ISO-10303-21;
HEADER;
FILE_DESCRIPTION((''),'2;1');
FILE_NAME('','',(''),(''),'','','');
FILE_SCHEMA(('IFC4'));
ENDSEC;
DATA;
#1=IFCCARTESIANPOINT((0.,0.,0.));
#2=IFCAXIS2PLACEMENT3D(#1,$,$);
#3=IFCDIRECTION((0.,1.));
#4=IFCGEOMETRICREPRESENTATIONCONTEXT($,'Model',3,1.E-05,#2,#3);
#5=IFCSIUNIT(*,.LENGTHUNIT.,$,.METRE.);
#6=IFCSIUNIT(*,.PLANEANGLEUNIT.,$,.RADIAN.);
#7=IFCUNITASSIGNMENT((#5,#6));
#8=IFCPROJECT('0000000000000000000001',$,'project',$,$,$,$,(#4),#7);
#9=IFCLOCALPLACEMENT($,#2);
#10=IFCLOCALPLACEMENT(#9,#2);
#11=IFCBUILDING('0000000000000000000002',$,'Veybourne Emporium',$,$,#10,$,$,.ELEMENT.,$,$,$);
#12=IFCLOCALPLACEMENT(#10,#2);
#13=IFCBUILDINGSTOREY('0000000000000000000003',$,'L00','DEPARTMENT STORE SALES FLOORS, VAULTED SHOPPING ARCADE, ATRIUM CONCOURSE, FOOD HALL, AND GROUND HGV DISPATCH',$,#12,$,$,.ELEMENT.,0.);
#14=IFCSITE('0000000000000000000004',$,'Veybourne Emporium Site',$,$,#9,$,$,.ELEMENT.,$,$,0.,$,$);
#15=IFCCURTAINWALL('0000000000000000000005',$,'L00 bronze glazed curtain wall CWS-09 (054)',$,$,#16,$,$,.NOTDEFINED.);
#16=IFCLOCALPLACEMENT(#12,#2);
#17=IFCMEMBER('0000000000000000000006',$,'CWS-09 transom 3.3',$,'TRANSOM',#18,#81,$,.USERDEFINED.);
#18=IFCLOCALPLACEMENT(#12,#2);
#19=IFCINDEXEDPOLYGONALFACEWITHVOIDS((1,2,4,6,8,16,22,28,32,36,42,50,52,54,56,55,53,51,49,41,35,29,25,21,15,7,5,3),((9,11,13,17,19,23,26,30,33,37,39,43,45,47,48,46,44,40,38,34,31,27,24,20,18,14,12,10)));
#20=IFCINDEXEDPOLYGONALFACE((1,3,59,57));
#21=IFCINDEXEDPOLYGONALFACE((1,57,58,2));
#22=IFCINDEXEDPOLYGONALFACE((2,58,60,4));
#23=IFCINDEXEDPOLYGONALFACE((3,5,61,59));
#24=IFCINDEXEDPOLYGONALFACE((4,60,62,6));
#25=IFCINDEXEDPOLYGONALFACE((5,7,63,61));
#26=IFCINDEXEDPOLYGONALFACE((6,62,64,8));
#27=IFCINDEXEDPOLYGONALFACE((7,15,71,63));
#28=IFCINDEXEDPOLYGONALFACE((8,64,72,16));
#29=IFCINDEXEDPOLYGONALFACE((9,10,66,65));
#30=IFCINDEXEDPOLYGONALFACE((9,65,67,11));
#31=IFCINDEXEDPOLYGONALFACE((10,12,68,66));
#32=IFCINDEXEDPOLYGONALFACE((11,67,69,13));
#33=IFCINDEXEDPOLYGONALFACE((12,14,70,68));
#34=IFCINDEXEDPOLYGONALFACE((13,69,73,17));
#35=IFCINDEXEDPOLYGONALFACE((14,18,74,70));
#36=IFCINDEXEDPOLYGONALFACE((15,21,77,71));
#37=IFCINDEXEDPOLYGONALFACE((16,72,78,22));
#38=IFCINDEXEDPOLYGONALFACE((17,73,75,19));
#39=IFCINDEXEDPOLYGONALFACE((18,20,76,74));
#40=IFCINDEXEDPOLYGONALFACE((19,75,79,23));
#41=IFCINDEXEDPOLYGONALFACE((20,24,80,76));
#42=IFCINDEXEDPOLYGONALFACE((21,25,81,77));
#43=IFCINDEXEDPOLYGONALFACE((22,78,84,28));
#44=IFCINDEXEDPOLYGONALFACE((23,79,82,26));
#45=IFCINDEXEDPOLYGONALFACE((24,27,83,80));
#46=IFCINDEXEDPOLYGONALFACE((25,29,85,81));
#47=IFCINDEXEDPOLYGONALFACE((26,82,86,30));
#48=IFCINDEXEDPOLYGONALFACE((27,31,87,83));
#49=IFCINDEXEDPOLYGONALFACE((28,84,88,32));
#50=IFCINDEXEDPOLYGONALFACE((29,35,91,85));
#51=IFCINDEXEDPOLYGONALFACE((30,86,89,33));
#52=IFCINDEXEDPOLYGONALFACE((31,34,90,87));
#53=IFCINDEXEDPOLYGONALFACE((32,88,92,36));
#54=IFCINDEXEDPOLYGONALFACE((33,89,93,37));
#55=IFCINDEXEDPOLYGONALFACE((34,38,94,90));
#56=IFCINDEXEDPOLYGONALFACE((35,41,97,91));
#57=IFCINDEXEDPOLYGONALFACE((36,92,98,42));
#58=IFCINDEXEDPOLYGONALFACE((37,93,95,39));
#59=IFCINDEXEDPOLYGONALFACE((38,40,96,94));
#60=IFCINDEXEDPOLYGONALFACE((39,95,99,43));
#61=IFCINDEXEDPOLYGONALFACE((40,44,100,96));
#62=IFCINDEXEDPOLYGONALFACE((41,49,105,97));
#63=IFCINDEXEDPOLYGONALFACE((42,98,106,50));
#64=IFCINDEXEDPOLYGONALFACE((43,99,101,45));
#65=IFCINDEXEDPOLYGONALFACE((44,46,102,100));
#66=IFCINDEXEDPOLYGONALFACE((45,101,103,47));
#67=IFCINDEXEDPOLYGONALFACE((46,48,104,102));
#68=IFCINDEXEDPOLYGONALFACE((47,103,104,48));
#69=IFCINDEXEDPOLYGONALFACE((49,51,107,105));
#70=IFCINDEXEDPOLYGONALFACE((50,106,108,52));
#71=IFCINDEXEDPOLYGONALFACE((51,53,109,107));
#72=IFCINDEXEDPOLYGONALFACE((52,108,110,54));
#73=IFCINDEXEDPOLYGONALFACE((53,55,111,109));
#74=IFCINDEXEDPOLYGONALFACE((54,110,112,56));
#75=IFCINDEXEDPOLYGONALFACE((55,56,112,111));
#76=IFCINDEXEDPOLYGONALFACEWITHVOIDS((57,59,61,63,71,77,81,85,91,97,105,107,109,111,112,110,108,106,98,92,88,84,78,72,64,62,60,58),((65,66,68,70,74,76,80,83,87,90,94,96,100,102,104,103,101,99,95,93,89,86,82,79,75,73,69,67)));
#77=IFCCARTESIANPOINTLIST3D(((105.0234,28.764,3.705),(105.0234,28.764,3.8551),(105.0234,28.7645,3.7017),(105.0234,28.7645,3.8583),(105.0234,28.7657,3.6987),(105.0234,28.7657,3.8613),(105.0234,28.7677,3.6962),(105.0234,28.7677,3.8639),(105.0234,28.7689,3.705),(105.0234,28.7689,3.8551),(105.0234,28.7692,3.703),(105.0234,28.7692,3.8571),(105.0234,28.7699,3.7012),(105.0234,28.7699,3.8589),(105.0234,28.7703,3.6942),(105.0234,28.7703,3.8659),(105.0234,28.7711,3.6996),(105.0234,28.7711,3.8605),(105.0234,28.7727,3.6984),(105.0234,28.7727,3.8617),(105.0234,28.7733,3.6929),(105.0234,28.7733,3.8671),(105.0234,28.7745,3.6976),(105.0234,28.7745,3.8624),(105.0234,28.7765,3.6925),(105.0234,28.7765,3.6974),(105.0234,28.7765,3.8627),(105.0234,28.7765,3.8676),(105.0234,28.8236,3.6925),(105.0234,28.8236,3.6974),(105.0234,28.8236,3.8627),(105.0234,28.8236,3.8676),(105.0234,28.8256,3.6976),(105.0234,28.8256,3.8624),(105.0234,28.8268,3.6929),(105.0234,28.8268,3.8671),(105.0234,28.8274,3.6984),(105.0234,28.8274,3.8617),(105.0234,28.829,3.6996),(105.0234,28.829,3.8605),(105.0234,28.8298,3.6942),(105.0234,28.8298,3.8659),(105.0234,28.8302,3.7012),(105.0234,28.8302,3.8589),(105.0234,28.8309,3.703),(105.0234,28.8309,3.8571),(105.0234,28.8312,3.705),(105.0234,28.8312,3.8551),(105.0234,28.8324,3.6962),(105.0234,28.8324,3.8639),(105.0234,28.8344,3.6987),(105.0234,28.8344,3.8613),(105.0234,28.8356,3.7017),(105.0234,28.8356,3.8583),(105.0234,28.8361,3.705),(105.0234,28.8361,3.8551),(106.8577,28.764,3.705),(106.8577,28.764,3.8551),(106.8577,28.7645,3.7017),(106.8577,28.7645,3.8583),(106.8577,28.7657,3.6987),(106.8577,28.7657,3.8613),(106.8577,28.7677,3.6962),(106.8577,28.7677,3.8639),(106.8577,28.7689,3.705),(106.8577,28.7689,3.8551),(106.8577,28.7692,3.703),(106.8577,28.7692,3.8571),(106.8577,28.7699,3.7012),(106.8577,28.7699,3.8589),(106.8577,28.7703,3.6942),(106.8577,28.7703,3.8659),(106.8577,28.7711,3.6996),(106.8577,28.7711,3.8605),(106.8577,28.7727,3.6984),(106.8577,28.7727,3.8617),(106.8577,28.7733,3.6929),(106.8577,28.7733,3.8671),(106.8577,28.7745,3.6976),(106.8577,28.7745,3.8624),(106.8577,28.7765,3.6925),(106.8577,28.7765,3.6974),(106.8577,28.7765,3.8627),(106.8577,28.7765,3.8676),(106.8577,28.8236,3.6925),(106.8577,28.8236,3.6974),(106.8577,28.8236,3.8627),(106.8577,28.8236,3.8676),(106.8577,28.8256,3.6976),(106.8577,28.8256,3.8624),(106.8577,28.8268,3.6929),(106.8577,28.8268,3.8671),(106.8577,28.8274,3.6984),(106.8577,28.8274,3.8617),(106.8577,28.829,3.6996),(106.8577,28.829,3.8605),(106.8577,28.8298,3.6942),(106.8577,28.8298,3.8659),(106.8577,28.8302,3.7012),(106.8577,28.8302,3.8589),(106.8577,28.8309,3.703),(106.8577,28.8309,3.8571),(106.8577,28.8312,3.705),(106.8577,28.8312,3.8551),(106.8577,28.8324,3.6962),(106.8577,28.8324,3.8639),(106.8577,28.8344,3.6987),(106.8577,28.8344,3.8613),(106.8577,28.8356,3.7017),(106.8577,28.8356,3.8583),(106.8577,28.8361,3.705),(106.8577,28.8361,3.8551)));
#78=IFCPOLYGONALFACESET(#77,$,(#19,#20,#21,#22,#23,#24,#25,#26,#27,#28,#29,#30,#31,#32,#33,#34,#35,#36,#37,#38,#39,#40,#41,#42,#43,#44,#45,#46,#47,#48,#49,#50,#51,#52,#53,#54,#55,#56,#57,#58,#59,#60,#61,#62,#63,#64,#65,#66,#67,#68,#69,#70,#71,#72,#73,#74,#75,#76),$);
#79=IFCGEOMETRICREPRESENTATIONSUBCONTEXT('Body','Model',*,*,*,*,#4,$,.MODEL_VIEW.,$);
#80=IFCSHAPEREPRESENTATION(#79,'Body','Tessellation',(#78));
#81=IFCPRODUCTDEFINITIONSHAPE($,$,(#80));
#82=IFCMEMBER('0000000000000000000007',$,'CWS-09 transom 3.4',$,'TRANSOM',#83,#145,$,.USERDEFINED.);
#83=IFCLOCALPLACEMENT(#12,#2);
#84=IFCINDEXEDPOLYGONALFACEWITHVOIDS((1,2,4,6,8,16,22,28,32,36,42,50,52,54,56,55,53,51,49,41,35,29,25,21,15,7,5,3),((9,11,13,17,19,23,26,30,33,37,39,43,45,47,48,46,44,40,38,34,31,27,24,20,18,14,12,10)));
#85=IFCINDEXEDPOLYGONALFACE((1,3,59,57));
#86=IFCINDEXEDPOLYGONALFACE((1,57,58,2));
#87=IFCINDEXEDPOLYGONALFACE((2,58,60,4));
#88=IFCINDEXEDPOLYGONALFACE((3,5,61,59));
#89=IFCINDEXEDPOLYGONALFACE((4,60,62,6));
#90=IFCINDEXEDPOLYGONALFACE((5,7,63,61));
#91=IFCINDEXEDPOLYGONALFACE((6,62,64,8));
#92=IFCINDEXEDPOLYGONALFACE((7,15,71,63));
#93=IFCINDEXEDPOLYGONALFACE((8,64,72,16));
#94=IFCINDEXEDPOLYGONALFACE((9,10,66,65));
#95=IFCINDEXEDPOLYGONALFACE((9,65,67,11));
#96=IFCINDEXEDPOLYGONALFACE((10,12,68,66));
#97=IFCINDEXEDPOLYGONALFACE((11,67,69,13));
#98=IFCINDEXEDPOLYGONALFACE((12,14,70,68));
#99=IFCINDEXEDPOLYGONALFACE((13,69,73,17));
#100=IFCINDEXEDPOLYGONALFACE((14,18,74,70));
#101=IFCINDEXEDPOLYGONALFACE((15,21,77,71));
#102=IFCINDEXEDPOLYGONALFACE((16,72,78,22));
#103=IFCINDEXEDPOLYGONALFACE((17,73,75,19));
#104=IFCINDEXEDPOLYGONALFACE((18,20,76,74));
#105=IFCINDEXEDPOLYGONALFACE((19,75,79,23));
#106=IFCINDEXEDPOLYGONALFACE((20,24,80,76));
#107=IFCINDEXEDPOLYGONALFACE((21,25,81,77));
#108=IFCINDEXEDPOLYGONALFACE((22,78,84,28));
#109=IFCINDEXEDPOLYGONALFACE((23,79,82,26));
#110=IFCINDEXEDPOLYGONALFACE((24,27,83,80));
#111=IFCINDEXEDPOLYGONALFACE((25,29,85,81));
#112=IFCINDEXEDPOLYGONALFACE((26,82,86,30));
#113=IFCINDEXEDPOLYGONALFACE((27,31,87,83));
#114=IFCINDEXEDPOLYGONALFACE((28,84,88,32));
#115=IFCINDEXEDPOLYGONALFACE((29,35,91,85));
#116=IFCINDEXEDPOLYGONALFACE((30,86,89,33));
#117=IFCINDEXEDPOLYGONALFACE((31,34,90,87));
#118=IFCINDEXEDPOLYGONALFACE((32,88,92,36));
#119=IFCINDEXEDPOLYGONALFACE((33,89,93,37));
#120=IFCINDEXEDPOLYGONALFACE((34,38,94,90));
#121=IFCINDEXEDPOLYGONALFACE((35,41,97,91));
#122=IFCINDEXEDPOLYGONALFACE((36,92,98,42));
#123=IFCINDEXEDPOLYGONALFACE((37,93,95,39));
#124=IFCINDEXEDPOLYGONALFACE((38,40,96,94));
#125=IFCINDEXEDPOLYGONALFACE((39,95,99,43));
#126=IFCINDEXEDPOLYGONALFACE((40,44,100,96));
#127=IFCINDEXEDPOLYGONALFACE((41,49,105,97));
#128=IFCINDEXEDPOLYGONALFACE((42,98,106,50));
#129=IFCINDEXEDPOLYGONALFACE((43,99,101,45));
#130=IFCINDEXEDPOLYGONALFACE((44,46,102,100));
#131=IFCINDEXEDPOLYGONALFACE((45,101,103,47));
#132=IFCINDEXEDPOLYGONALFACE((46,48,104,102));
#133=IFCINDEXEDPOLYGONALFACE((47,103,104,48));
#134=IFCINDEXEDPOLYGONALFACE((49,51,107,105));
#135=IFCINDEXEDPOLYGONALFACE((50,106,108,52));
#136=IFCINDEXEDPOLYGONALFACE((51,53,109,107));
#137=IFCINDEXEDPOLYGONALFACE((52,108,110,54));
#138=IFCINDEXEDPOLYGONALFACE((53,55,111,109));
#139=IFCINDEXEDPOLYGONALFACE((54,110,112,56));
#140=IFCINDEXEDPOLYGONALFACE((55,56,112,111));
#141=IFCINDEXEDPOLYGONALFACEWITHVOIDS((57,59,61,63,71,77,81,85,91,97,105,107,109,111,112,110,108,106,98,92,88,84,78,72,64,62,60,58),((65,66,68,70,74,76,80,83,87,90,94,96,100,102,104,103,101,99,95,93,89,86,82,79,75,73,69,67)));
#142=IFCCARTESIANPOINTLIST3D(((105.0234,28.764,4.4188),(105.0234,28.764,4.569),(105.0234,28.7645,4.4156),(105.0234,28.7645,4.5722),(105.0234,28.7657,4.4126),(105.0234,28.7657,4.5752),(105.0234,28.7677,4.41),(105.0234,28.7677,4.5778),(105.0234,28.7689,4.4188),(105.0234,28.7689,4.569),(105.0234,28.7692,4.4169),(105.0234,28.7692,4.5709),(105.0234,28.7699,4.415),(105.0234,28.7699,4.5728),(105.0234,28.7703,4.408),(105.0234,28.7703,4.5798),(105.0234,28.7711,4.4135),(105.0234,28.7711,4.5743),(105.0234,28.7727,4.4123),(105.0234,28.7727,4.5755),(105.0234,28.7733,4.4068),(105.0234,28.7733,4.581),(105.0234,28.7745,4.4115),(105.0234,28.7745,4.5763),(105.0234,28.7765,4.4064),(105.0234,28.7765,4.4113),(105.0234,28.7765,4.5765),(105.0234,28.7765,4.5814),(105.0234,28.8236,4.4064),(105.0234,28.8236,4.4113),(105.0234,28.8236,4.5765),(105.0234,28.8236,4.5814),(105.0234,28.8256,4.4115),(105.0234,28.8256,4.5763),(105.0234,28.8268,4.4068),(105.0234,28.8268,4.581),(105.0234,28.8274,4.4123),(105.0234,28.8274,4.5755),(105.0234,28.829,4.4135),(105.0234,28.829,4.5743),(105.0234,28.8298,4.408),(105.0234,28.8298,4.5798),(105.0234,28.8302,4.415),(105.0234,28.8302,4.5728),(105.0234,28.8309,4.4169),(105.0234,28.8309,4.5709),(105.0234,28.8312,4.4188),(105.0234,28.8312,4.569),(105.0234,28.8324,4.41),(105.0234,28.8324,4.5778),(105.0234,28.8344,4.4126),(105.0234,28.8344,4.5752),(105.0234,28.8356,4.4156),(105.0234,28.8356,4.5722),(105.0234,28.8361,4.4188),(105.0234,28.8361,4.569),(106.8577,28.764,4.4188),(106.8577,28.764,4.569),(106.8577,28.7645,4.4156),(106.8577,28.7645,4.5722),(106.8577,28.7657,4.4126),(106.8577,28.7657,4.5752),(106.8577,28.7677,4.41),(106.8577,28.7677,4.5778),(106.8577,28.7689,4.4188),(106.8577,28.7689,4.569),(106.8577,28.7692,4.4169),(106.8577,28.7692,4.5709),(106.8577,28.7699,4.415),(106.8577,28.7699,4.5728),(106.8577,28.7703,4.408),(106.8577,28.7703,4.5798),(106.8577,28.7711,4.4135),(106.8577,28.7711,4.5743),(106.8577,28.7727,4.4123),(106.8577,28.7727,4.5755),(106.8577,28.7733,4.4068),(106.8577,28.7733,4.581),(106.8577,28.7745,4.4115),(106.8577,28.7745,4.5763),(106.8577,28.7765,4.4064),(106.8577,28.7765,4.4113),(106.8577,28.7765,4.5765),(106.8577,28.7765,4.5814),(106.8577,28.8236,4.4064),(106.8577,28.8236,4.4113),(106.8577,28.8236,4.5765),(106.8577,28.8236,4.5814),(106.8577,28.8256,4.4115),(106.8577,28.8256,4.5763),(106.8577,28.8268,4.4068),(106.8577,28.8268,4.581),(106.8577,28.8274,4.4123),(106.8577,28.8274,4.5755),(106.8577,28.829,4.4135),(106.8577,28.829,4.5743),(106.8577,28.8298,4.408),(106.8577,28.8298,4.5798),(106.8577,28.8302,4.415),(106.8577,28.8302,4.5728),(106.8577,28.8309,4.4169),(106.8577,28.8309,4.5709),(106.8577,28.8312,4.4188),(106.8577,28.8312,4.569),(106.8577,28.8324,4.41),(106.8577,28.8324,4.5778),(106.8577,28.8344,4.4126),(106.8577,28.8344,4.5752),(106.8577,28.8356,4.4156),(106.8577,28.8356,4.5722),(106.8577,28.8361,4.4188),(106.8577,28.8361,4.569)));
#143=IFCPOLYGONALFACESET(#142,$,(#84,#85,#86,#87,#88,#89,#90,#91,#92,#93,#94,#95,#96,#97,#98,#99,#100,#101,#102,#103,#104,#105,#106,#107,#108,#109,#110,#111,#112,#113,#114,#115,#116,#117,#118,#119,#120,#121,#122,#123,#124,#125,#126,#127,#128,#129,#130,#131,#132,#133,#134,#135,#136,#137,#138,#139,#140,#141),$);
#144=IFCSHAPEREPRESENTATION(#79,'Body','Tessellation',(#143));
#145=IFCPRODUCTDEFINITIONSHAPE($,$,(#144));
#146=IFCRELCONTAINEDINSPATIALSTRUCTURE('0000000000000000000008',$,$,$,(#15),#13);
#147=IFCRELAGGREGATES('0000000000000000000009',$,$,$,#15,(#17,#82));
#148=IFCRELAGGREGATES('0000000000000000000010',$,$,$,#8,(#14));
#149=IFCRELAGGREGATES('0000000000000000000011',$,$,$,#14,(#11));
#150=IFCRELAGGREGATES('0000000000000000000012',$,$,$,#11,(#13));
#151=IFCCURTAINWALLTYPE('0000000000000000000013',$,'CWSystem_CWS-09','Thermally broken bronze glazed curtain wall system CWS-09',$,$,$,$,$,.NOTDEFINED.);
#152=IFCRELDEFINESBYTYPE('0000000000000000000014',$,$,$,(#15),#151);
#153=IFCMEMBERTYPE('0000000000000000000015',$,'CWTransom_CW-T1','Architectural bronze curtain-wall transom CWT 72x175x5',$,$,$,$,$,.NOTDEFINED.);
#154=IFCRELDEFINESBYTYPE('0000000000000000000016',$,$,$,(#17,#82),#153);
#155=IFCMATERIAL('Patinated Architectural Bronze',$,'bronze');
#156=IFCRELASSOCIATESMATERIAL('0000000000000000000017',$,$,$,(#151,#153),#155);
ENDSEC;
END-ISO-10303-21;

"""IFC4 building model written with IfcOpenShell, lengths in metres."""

from ifc_helpers import new_model, si_unit, direction, frame, origin, origin_2d, place, context, subcontext, project, spatial, hollow_rectangle, extrude, material, material_profile, profile_set, type_object, element, aggregate, save


model = new_model("IFC4")

# Units and contexts
model_context = context("Model", 3, precision=1e-05, world=origin(), true_north=direction((0.0, 1.0)))
body_context = subcontext(model_context, "Body", "Model", "MODEL_VIEW")
ifc_project = project(units=[si_unit("LENGTHUNIT", "METRE"), si_unit("PLANEANGLEUNIT", "RADIAN")], contexts=[model_context])

# Site, building, storey
site_placement = place(None, origin())
site = spatial("IfcSite", under=ifc_project, at=site_placement, Name="Veybourne Emporium Site", CompositionType="ELEMENT", RefElevation=0.0)
building_placement = place(site_placement, origin())
building = spatial("IfcBuilding", under=site, at=building_placement, Name="Veybourne Emporium", CompositionType="ELEMENT")
storey_placement = place(building_placement, origin())
storey = spatial("IfcBuildingStorey", under=building, at=storey_placement, Name="L00", Description="DEPARTMENT STORE SALES FLOORS, VAULTED SHOPPING ARCADE, ATRIUM CONCOURSE, FOOD HALL, AND GROUND HGV DISPATCH", CompositionType="ELEMENT", Elevation=0.0)

# Curtain wall
ifc_material_1 = material(Name="Patinated Architectural Bronze", Category="bronze")
curtain_wall_type_1 = type_object("IfcCurtainWallType", Name="CWSystem_CWS-09", Description="Thermally broken bronze glazed curtain wall system CWS-09", PredefinedType="NOTDEFINED", material=ifc_material_1)
curtain_wall_1_placement = place(storey_placement, origin())
curtain_wall_1 = element("IfcCurtainWall", 1, at=curtain_wall_1_placement, inside=storey, type_object=curtain_wall_type_1, Name="L00 bronze glazed curtain wall CWS-09 (054)", PredefinedType="NOTDEFINED")

# Members
ifc_material_profile_1 = material_profile(ifc_material_1, hollow_rectangle(XDim=0.072, YDim=0.175, WallThickness=0.0049, InnerFilletRadius=0.0076, OuterFilletRadius=0.0125, at=origin_2d()), Name="CWT 72x175x5")
ifc_profile_set_1 = profile_set([ifc_material_profile_1], Name="Patinated Architectural Bronze")
member_type_1 = type_object("IfcMemberType", Name="CWTransom_CW-T1", Description="Architectural bronze curtain-wall transom CWT 72x175x5", PredefinedType="NOTDEFINED", material=ifc_profile_set_1)
member_1_placement = place(storey_placement, frame((105.0234, 28.8, 3.78), z_axis=(1.0, 0.0, 0.0), x_axis=(0.0, 1.0, 0.0)))
member_1 = element("IfcMember", 2, at=member_1_placement, type_object=member_type_1, Name="CWS-09 transom 3.3", ObjectType="TRANSOM", PredefinedType="USERDEFINED", context=body_context, shape_type="SweptSolid", body=[
    extrude(hollow_rectangle(XDim=0.072, YDim=0.175, WallThickness=0.0049, InnerFilletRadius=0.0076, OuterFilletRadius=0.0125, at=origin_2d()), origin(), (0.0, 0.0, 1.0), 1.8342),
])
member_2_placement = place(storey_placement, frame((105.0234, 28.8, 4.4939), z_axis=(1.0, 0.0, 0.0), x_axis=(0.0, 1.0, 0.0)))
member_2 = element("IfcMember", 3, at=member_2_placement, type_object=member_type_1, Name="CWS-09 transom 3.4", ObjectType="TRANSOM", PredefinedType="USERDEFINED", context=body_context, shape_type="SweptSolid", body=[
    extrude(hollow_rectangle(XDim=0.072, YDim=0.175, WallThickness=0.0049, InnerFilletRadius=0.0076, OuterFilletRadius=0.0125, at=origin_2d()), origin(), (0.0, 0.0, 1.0), 1.8342),
])

aggregate(curtain_wall_1, [member_1, member_2])

save(model, "model.ifc")
